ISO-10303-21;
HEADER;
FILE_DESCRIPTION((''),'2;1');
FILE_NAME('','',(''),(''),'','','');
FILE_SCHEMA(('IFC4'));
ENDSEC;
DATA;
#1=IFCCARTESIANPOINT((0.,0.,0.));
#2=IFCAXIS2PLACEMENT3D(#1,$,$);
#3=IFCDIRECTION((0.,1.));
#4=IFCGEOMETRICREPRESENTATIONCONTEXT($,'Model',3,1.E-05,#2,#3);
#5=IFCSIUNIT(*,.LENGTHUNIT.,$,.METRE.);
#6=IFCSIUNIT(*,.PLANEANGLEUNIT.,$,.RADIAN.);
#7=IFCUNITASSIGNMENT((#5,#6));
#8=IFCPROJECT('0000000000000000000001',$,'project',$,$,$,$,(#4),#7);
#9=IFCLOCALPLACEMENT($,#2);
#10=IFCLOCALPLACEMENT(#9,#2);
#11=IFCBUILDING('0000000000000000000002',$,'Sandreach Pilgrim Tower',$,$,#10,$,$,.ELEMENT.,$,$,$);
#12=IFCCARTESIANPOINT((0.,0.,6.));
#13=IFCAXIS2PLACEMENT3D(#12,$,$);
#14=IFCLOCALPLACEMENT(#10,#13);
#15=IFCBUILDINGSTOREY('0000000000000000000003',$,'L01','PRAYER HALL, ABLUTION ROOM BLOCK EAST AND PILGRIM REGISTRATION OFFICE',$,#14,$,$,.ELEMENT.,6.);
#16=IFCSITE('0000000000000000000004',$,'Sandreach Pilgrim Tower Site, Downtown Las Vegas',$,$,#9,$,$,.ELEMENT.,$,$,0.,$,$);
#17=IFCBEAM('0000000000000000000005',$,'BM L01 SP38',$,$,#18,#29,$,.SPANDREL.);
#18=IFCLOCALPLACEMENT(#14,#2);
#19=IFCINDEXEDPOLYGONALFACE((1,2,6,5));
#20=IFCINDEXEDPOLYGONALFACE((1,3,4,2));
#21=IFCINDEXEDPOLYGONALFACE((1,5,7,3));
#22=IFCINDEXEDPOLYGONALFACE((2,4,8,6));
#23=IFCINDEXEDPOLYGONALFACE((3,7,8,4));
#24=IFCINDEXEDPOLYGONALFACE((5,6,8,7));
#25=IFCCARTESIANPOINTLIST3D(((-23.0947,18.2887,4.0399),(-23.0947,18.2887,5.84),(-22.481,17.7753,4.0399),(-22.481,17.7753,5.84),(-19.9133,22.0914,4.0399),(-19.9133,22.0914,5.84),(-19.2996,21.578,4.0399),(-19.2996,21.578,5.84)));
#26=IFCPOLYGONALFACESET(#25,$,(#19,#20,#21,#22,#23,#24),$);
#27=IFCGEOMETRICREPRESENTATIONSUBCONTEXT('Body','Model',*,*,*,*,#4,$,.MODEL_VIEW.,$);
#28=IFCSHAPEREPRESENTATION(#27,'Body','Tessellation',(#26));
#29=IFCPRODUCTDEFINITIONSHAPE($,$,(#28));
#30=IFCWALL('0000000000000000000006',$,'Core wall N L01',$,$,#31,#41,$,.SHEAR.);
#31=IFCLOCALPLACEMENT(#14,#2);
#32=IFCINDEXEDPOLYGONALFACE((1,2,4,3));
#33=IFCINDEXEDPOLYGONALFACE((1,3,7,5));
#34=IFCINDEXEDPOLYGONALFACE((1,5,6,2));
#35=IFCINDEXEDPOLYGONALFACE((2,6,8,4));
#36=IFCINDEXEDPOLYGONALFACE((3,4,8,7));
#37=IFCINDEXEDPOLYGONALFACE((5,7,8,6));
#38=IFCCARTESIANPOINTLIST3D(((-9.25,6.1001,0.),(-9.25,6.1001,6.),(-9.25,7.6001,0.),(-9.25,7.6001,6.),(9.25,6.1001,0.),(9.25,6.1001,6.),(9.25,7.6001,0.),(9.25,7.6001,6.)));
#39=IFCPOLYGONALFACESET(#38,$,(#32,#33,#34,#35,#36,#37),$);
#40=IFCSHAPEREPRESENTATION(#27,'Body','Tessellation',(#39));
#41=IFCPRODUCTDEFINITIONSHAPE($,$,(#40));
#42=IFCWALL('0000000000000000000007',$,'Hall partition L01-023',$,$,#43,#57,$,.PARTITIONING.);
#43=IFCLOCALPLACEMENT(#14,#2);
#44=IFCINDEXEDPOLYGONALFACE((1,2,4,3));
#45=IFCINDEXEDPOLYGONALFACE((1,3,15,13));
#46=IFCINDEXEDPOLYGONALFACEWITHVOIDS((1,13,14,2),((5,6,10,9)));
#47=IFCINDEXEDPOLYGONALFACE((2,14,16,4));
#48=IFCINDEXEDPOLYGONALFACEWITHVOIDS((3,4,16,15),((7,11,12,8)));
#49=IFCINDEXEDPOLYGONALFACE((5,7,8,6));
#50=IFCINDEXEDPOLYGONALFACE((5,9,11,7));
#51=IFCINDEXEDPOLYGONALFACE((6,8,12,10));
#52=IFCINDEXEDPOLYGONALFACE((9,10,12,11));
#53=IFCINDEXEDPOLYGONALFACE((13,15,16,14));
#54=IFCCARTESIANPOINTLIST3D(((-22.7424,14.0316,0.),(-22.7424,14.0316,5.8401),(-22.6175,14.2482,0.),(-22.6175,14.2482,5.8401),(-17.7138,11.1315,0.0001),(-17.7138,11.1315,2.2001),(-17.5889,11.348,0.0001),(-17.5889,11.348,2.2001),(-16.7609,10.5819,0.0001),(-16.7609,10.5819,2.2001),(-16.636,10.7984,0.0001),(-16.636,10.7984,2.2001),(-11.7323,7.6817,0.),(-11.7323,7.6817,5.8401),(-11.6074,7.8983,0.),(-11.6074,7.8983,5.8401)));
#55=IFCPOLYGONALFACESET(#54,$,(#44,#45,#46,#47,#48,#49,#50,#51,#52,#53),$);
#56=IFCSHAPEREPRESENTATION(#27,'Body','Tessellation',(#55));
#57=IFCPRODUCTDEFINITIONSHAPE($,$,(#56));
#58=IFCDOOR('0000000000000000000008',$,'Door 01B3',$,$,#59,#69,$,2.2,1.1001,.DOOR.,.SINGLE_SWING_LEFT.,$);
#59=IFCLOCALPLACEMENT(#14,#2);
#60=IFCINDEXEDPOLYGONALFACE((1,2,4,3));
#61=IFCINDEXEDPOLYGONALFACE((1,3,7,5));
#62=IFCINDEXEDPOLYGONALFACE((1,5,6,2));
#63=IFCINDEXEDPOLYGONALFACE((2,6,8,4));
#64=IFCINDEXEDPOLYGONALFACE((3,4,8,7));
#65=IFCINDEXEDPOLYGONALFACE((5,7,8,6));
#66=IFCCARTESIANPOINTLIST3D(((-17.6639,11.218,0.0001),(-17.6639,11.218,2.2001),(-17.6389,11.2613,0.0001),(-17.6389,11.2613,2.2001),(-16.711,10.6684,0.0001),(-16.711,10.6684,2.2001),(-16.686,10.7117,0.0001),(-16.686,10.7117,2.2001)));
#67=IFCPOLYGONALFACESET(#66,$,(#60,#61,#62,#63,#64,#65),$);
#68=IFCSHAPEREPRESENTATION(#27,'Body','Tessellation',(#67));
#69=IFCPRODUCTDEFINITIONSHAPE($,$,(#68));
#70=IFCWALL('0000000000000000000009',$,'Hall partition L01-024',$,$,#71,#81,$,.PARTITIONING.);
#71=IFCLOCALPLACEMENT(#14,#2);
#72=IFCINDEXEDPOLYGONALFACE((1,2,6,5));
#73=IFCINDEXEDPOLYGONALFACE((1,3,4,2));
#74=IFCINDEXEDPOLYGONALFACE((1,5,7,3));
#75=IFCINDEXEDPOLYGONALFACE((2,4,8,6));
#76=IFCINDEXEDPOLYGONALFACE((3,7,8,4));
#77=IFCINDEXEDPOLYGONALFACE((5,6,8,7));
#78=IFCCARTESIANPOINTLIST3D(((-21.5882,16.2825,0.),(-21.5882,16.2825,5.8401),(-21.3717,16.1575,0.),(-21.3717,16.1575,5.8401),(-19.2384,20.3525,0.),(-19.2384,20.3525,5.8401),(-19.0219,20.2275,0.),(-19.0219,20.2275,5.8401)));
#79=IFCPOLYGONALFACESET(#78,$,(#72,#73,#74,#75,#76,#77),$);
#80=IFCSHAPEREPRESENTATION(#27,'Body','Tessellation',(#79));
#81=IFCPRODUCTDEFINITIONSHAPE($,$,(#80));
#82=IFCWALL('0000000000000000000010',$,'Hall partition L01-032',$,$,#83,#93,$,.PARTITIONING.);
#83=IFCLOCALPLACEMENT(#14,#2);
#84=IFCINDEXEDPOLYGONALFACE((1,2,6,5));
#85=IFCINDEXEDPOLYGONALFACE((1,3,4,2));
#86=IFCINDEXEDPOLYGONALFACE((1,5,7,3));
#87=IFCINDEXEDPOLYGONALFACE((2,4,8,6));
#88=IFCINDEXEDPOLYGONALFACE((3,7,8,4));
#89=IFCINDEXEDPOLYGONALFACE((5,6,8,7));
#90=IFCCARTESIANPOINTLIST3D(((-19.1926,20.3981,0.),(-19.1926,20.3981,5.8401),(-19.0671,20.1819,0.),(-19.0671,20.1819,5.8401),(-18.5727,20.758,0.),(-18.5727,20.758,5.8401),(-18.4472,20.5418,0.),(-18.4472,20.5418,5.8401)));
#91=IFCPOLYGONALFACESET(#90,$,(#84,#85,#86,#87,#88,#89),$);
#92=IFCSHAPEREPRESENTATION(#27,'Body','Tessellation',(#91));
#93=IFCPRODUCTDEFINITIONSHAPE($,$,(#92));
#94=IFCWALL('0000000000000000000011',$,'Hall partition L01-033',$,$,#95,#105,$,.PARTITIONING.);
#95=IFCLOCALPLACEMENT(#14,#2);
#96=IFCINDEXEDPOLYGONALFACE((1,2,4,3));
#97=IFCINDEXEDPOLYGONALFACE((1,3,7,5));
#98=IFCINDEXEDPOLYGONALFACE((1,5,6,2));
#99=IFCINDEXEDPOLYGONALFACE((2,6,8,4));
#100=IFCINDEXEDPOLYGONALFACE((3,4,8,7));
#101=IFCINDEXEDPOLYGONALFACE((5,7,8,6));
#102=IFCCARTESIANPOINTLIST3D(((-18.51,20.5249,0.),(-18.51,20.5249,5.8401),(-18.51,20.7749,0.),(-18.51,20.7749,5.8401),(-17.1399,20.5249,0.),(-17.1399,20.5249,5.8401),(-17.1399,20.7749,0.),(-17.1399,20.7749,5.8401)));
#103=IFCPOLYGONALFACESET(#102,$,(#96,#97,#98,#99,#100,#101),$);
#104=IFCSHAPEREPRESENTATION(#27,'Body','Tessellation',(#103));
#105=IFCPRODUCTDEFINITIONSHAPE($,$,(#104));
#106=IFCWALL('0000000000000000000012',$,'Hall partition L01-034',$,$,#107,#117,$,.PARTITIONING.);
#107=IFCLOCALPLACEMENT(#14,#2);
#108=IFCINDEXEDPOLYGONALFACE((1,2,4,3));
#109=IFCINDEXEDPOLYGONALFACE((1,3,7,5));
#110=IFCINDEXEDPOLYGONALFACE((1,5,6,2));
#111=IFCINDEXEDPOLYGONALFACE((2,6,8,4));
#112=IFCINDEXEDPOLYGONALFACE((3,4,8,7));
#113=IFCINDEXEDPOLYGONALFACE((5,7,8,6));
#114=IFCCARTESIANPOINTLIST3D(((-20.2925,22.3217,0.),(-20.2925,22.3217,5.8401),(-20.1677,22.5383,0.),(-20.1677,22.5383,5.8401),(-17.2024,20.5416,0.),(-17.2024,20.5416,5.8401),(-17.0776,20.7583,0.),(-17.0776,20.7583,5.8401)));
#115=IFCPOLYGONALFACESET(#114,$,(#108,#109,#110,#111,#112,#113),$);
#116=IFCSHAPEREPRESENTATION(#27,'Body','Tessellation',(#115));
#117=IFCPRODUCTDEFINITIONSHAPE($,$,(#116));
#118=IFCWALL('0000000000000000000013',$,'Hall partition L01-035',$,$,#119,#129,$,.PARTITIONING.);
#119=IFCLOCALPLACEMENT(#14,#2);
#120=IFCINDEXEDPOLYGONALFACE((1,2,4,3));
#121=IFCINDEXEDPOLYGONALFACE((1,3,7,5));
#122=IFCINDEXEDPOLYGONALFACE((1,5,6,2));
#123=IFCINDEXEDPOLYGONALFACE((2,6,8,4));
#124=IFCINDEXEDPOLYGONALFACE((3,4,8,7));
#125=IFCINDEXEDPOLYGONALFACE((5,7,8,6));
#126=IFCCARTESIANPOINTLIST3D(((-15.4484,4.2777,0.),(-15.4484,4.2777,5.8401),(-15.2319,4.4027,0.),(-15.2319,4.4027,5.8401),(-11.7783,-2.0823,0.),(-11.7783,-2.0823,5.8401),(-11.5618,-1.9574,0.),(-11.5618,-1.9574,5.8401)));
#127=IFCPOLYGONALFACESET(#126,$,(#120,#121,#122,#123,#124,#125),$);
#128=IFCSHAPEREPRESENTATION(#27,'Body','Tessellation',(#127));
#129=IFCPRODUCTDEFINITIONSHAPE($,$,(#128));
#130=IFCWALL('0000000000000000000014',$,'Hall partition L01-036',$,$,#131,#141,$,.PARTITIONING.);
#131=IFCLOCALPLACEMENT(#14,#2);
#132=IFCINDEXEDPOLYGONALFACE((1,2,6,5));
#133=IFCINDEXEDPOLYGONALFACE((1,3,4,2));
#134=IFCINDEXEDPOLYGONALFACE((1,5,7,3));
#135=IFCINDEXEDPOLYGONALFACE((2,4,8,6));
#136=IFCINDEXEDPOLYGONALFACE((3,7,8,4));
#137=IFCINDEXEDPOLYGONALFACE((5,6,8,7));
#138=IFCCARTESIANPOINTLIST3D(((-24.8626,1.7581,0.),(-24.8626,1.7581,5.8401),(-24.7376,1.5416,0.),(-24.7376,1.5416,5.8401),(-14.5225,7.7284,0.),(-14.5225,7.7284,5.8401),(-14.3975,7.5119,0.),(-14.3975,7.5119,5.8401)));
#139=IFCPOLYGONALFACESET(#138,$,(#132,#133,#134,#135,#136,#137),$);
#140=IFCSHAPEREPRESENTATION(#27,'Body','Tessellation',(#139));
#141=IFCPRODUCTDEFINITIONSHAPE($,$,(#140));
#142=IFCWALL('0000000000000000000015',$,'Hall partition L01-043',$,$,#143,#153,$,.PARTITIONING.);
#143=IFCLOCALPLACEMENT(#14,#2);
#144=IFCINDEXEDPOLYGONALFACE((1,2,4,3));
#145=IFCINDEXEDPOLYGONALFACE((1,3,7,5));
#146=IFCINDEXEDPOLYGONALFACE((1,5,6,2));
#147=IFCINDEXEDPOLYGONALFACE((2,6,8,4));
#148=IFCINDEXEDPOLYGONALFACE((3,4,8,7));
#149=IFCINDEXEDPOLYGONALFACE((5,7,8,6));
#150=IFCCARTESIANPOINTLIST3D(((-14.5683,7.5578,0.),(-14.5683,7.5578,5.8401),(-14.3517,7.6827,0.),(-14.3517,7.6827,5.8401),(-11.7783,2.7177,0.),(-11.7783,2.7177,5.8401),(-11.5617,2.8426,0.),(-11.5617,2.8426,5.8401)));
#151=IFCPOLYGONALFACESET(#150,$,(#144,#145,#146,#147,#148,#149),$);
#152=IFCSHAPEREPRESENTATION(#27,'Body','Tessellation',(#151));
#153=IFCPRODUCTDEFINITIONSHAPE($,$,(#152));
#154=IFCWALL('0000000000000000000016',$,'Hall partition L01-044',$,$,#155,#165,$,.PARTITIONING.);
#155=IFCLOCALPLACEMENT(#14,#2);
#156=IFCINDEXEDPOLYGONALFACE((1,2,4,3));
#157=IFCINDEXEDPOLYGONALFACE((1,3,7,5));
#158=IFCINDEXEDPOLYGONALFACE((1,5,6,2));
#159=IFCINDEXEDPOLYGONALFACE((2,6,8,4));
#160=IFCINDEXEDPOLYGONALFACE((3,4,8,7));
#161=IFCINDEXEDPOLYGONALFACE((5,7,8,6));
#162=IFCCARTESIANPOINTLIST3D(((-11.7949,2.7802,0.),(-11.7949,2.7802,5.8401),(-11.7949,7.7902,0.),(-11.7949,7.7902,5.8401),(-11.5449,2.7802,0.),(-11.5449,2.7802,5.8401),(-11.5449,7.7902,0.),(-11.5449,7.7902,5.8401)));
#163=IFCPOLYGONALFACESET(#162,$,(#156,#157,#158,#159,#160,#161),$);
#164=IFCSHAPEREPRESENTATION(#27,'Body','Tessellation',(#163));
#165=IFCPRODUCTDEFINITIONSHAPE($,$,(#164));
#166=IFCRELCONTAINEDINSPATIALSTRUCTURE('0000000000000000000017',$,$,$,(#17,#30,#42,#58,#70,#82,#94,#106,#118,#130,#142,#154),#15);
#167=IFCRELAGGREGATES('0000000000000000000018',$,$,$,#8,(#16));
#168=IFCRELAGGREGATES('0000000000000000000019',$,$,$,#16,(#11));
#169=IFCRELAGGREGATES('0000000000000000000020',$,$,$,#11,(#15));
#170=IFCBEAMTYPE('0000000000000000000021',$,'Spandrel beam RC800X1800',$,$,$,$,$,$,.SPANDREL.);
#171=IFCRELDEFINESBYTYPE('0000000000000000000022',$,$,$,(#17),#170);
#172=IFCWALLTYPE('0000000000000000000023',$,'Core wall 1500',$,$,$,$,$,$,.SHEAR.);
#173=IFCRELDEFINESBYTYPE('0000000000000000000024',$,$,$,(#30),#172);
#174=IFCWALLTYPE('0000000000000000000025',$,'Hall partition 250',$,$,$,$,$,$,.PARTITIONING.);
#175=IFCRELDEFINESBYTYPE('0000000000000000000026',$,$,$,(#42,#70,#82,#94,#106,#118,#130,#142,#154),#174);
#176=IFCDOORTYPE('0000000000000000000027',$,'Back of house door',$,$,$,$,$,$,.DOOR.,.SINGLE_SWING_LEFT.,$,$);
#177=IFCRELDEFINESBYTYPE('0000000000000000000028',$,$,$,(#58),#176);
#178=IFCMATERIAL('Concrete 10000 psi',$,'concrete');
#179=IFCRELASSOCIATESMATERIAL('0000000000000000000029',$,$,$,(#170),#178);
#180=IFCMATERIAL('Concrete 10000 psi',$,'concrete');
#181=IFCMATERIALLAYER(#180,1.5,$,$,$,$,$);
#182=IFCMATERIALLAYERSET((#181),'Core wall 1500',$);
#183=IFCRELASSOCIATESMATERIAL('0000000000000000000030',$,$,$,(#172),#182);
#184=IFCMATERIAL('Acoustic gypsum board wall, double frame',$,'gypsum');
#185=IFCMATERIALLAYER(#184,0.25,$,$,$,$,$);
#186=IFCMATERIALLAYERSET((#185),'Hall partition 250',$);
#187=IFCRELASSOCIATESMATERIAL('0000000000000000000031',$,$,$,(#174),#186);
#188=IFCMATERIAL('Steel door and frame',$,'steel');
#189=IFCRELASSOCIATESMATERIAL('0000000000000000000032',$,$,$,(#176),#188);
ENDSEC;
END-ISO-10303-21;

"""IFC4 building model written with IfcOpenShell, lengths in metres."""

from ifc_helpers import new_model, si_unit, direction, frame, frame_2d, origin, origin_2d, place, context, subcontext, project, spatial, rectangle, extrude, material, layer, layer_set, material_profile, profile_set, type_object, element, fill, save


model = new_model("IFC4")

# Units and contexts
model_context = context("Model", 3, precision=1e-05, world=origin(), true_north=direction((0.0, 1.0)))
body_context = subcontext(model_context, "Body", "Model", "MODEL_VIEW")
ifc_project = project(units=[si_unit("LENGTHUNIT", "METRE"), si_unit("PLANEANGLEUNIT", "RADIAN")], contexts=[model_context])

# Site, building, storey
site_placement = place(None, origin())
site = spatial("IfcSite", under=ifc_project, at=site_placement, Name="Sandreach Pilgrim Tower Site, Downtown Las Vegas", CompositionType="ELEMENT", RefElevation=0.0)
building_placement = place(site_placement, origin())
building = spatial("IfcBuilding", under=site, at=building_placement, Name="Sandreach Pilgrim Tower", CompositionType="ELEMENT")
storey_placement = place(building_placement, frame((0.0, 0.0, 6.0)))
storey = spatial("IfcBuildingStorey", under=building, at=storey_placement, Name="L01", Description="PRAYER HALL, ABLUTION ROOM BLOCK EAST AND PILGRIM REGISTRATION OFFICE", CompositionType="ELEMENT", Elevation=6.0)

# Beam
ifc_material_1 = material(Name="Concrete 10000 psi", Category="concrete")
ifc_material_profile_1 = material_profile(ifc_material_1, rectangle(XDim=0.8, YDim=1.8, at=origin_2d()), Name="RC800X1800")
ifc_profile_set_1 = profile_set([ifc_material_profile_1], Name="Concrete 10000 psi")
beam_type_1 = type_object("IfcBeamType", Name="Spandrel beam RC800X1800", PredefinedType="SPANDREL", material=ifc_profile_set_1)
beam_1_placement = place(storey_placement, frame((-22.7878, 18.032, 4.9399), z_axis=(0.641665, 0.766985, 0.0), x_axis=(-0.766985, 0.641665, 0.0)))
element("IfcBeam", 1, at=beam_1_placement, inside=storey, type_object=beam_type_1, Name="BM L01 SP38", PredefinedType="SPANDREL", context=body_context, shape_type="SweptSolid", body=[
    extrude(rectangle(XDim=0.8, YDim=1.8, at=origin_2d()), origin(), (0.0, 0.0, 1.0), 4.958),
])

# Wall
ifc_material_2 = material(Name="Concrete 10000 psi", Category="concrete")
ifc_layer_1 = layer(ifc_material_2, 1.5)
ifc_layer_set_1 = layer_set([ifc_layer_1], Name="Core wall 1500")
wall_type_1 = type_object("IfcWallType", Name="Core wall 1500", PredefinedType="SHEAR", material=ifc_layer_set_1)
wall_1_placement = place(storey_placement, frame((-9.25, 6.8501, 0.0), z_axis=(0.0, 0.0, 1.0), x_axis=(1.0, 0.0, 0.0)))
element("IfcWall", 2, at=wall_1_placement, inside=storey, type_object=wall_type_1, Name="Core wall N L01", PredefinedType="SHEAR", context=body_context, shape_type="SweptSolid", body=[
    extrude(rectangle(XDim=18.5, YDim=1.5, at=frame_2d((9.25, 0.0))), origin(), (0.0, 0.0, 1.0), 6.0),
])

# Wall, opening, door
ifc_material_3 = material(Name="Acoustic gypsum board wall, double frame", Category="gypsum")
ifc_layer_2 = layer(ifc_material_3, 0.25)
ifc_layer_set_2 = layer_set([ifc_layer_2], Name="Hall partition 250")
wall_type_2 = type_object("IfcWallType", Name="Hall partition 250", PredefinedType="PARTITIONING", material=ifc_layer_set_2)
wall_2_placement = place(storey_placement, frame((-22.6799, 14.1399, 0.0), z_axis=(0.0, 0.0, 1.0), x_axis=(0.866256, -0.4996, 0.0)))
wall_2 = element("IfcWall", 3, at=wall_2_placement, inside=storey, type_object=wall_type_2, Name="Hall partition L01-023", PredefinedType="PARTITIONING", context=body_context, shape_type="SweptSolid", body=[
    extrude(rectangle(XDim=12.71, YDim=0.25, at=frame_2d((6.355, 0.0))), origin(), (0.0, 0.0, 1.0), 5.8401),
])
opening_1_placement = place(wall_2_placement, frame((5.8049, 0.0, 0.0)))
opening_1 = element("IfcOpeningElement", 4, at=opening_1_placement, cuts=wall_2, PredefinedType="OPENING", context=body_context, shape_type="SweptSolid", body=[
    extrude(rectangle(XDim=1.1001, YDim=2.2, at=frame_2d((0.55, 1.1001))), frame((0.0, 0.125, 0.0), z_axis=(0.0, -1.0, 0.0), x_axis=(1.0, 0.0, 0.0)), (0.0, 0.0, 1.0), 0.25),
])
ifc_material_4 = material(Name="Steel door and frame", Category="steel")
door_type_1 = type_object("IfcDoorType", Name="Back of house door", OperationType="SINGLE_SWING_LEFT", PredefinedType="DOOR", material=ifc_material_4)
door_1_placement = place(opening_1_placement, origin())
door_1 = element("IfcDoor", 5, at=door_1_placement, inside=storey, type_object=door_type_1, Name="Door 01B3", OperationType="SINGLE_SWING_LEFT", OverallHeight=2.2, OverallWidth=1.1001, PredefinedType="DOOR", context=body_context, shape_type="SweptSolid", body=[
    extrude(rectangle(XDim=1.1001, YDim=2.2, at=frame_2d((0.55, 1.1001))), frame((0.0, 0.0249, 0.0), z_axis=(0.0, -1.0, 0.0), x_axis=(1.0, 0.0, 0.0)), (0.0, 0.0, 1.0), 0.05),
])
fill(opening_1, door_1)

# Walls
wall_3_placement = place(storey_placement, frame((-21.48, 16.22, 0.0), z_axis=(0.0, 0.0, 1.0), x_axis=(0.5, 0.866026, 0.0)))
element("IfcWall", 6, at=wall_3_placement, inside=storey, type_object=wall_type_2, Name="Hall partition L01-024", PredefinedType="PARTITIONING", context=body_context, shape_type="SweptSolid", body=[
    extrude(rectangle(XDim=4.6997, YDim=0.25, at=frame_2d((2.3499, 0.0))), origin(), (0.0, 0.0, 1.0), 5.8401),
])
wall_4_placement = place(storey_placement, frame((-19.1299, 20.29, 0.0), z_axis=(0.0, 0.0, 1.0), x_axis=(0.864827, 0.50207, 0.0)))
element("IfcWall", 7, at=wall_4_placement, inside=storey, type_object=wall_type_2, Name="Hall partition L01-032", PredefinedType="PARTITIONING", context=body_context, shape_type="SweptSolid", body=[
    extrude(rectangle(XDim=0.7168, YDim=0.25, at=frame_2d((0.3584, 0.0))), origin(), (0.0, 0.0, 1.0), 5.8401),
])
wall_5_placement = place(storey_placement, frame((-18.51, 20.6499, 0.0), z_axis=(0.0, 0.0, 1.0), x_axis=(1.0, 0.0, 0.0)))
element("IfcWall", 8, at=wall_5_placement, inside=storey, type_object=wall_type_2, Name="Hall partition L01-033", PredefinedType="PARTITIONING", context=body_context, shape_type="SweptSolid", body=[
    extrude(rectangle(XDim=1.3701, YDim=0.25, at=frame_2d((0.6851, 0.0))), origin(), (0.0, 0.0, 1.0), 5.8401),
])
wall_6_placement = place(storey_placement, frame((-17.1399, 20.6499, 0.0), z_axis=(0.0, 0.0, 1.0), x_axis=(-0.866515, 0.499151, 0.0)))
element("IfcWall", 9, at=wall_6_placement, inside=storey, type_object=wall_type_2, Name="Hall partition L01-034", PredefinedType="PARTITIONING", context=body_context, shape_type="SweptSolid", body=[
    extrude(rectangle(XDim=3.5662, YDim=0.25, at=frame_2d((1.7832, 0.0))), origin(), (0.0, 0.0, 1.0), 5.8401),
])
wall_7_placement = place(storey_placement, frame((-15.3401, 4.3401, 0.0), z_axis=(0.0, 0.0, 1.0), x_axis=(0.499812, -0.866134, 0.0)))
element("IfcWall", 10, at=wall_7_placement, inside=storey, type_object=wall_type_2, Name="Hall partition L01-035", PredefinedType="PARTITIONING", context=body_context, shape_type="SweptSolid", body=[
    extrude(rectangle(XDim=7.343, YDim=0.25, at=frame_2d((3.6714, 0.0))), origin(), (0.0, 0.0, 1.0), 5.8401),
])
wall_8_placement = place(storey_placement, frame((-14.46, 7.6201, 0.0), z_axis=(0.0, 0.0, 1.0), x_axis=(-0.866012, -0.500023, 0.0)))
element("IfcWall", 11, at=wall_8_placement, inside=storey, type_object=wall_type_2, Name="Hall partition L01-036", PredefinedType="PARTITIONING", context=body_context, shape_type="SweptSolid", body=[
    extrude(rectangle(XDim=11.9399, YDim=0.25, at=frame_2d((5.97, 0.0))), origin(), (0.0, 0.0, 1.0), 5.8401),
])
wall_9_placement = place(storey_placement, frame((-11.6699, 2.78, 0.0), z_axis=(0.0, 0.0, 1.0), x_axis=(-0.499411, 0.866365, 0.0)))
element("IfcWall", 12, at=wall_9_placement, inside=storey, type_object=wall_type_2, Name="Hall partition L01-043", PredefinedType="PARTITIONING", context=body_context, shape_type="SweptSolid", body=[
    extrude(rectangle(XDim=5.5867, YDim=0.25, at=frame_2d((2.7935, 0.0))), origin(), (0.0, 0.0, 1.0), 5.8401),
])
wall_10_placement = place(storey_placement, frame((-11.6699, 7.79, 0.0), z_axis=(0.0, 0.0, 1.0), x_axis=(0.0, -1.0, 0.0)))
element("IfcWall", 13, at=wall_10_placement, inside=storey, type_object=wall_type_2, Name="Hall partition L01-044", PredefinedType="PARTITIONING", context=body_context, shape_type="SweptSolid", body=[
    extrude(rectangle(XDim=5.01, YDim=0.25, at=frame_2d((2.5049, 0.0))), origin(), (0.0, 0.0, 1.0), 5.8401),
])

save(model, "model.ifc")
